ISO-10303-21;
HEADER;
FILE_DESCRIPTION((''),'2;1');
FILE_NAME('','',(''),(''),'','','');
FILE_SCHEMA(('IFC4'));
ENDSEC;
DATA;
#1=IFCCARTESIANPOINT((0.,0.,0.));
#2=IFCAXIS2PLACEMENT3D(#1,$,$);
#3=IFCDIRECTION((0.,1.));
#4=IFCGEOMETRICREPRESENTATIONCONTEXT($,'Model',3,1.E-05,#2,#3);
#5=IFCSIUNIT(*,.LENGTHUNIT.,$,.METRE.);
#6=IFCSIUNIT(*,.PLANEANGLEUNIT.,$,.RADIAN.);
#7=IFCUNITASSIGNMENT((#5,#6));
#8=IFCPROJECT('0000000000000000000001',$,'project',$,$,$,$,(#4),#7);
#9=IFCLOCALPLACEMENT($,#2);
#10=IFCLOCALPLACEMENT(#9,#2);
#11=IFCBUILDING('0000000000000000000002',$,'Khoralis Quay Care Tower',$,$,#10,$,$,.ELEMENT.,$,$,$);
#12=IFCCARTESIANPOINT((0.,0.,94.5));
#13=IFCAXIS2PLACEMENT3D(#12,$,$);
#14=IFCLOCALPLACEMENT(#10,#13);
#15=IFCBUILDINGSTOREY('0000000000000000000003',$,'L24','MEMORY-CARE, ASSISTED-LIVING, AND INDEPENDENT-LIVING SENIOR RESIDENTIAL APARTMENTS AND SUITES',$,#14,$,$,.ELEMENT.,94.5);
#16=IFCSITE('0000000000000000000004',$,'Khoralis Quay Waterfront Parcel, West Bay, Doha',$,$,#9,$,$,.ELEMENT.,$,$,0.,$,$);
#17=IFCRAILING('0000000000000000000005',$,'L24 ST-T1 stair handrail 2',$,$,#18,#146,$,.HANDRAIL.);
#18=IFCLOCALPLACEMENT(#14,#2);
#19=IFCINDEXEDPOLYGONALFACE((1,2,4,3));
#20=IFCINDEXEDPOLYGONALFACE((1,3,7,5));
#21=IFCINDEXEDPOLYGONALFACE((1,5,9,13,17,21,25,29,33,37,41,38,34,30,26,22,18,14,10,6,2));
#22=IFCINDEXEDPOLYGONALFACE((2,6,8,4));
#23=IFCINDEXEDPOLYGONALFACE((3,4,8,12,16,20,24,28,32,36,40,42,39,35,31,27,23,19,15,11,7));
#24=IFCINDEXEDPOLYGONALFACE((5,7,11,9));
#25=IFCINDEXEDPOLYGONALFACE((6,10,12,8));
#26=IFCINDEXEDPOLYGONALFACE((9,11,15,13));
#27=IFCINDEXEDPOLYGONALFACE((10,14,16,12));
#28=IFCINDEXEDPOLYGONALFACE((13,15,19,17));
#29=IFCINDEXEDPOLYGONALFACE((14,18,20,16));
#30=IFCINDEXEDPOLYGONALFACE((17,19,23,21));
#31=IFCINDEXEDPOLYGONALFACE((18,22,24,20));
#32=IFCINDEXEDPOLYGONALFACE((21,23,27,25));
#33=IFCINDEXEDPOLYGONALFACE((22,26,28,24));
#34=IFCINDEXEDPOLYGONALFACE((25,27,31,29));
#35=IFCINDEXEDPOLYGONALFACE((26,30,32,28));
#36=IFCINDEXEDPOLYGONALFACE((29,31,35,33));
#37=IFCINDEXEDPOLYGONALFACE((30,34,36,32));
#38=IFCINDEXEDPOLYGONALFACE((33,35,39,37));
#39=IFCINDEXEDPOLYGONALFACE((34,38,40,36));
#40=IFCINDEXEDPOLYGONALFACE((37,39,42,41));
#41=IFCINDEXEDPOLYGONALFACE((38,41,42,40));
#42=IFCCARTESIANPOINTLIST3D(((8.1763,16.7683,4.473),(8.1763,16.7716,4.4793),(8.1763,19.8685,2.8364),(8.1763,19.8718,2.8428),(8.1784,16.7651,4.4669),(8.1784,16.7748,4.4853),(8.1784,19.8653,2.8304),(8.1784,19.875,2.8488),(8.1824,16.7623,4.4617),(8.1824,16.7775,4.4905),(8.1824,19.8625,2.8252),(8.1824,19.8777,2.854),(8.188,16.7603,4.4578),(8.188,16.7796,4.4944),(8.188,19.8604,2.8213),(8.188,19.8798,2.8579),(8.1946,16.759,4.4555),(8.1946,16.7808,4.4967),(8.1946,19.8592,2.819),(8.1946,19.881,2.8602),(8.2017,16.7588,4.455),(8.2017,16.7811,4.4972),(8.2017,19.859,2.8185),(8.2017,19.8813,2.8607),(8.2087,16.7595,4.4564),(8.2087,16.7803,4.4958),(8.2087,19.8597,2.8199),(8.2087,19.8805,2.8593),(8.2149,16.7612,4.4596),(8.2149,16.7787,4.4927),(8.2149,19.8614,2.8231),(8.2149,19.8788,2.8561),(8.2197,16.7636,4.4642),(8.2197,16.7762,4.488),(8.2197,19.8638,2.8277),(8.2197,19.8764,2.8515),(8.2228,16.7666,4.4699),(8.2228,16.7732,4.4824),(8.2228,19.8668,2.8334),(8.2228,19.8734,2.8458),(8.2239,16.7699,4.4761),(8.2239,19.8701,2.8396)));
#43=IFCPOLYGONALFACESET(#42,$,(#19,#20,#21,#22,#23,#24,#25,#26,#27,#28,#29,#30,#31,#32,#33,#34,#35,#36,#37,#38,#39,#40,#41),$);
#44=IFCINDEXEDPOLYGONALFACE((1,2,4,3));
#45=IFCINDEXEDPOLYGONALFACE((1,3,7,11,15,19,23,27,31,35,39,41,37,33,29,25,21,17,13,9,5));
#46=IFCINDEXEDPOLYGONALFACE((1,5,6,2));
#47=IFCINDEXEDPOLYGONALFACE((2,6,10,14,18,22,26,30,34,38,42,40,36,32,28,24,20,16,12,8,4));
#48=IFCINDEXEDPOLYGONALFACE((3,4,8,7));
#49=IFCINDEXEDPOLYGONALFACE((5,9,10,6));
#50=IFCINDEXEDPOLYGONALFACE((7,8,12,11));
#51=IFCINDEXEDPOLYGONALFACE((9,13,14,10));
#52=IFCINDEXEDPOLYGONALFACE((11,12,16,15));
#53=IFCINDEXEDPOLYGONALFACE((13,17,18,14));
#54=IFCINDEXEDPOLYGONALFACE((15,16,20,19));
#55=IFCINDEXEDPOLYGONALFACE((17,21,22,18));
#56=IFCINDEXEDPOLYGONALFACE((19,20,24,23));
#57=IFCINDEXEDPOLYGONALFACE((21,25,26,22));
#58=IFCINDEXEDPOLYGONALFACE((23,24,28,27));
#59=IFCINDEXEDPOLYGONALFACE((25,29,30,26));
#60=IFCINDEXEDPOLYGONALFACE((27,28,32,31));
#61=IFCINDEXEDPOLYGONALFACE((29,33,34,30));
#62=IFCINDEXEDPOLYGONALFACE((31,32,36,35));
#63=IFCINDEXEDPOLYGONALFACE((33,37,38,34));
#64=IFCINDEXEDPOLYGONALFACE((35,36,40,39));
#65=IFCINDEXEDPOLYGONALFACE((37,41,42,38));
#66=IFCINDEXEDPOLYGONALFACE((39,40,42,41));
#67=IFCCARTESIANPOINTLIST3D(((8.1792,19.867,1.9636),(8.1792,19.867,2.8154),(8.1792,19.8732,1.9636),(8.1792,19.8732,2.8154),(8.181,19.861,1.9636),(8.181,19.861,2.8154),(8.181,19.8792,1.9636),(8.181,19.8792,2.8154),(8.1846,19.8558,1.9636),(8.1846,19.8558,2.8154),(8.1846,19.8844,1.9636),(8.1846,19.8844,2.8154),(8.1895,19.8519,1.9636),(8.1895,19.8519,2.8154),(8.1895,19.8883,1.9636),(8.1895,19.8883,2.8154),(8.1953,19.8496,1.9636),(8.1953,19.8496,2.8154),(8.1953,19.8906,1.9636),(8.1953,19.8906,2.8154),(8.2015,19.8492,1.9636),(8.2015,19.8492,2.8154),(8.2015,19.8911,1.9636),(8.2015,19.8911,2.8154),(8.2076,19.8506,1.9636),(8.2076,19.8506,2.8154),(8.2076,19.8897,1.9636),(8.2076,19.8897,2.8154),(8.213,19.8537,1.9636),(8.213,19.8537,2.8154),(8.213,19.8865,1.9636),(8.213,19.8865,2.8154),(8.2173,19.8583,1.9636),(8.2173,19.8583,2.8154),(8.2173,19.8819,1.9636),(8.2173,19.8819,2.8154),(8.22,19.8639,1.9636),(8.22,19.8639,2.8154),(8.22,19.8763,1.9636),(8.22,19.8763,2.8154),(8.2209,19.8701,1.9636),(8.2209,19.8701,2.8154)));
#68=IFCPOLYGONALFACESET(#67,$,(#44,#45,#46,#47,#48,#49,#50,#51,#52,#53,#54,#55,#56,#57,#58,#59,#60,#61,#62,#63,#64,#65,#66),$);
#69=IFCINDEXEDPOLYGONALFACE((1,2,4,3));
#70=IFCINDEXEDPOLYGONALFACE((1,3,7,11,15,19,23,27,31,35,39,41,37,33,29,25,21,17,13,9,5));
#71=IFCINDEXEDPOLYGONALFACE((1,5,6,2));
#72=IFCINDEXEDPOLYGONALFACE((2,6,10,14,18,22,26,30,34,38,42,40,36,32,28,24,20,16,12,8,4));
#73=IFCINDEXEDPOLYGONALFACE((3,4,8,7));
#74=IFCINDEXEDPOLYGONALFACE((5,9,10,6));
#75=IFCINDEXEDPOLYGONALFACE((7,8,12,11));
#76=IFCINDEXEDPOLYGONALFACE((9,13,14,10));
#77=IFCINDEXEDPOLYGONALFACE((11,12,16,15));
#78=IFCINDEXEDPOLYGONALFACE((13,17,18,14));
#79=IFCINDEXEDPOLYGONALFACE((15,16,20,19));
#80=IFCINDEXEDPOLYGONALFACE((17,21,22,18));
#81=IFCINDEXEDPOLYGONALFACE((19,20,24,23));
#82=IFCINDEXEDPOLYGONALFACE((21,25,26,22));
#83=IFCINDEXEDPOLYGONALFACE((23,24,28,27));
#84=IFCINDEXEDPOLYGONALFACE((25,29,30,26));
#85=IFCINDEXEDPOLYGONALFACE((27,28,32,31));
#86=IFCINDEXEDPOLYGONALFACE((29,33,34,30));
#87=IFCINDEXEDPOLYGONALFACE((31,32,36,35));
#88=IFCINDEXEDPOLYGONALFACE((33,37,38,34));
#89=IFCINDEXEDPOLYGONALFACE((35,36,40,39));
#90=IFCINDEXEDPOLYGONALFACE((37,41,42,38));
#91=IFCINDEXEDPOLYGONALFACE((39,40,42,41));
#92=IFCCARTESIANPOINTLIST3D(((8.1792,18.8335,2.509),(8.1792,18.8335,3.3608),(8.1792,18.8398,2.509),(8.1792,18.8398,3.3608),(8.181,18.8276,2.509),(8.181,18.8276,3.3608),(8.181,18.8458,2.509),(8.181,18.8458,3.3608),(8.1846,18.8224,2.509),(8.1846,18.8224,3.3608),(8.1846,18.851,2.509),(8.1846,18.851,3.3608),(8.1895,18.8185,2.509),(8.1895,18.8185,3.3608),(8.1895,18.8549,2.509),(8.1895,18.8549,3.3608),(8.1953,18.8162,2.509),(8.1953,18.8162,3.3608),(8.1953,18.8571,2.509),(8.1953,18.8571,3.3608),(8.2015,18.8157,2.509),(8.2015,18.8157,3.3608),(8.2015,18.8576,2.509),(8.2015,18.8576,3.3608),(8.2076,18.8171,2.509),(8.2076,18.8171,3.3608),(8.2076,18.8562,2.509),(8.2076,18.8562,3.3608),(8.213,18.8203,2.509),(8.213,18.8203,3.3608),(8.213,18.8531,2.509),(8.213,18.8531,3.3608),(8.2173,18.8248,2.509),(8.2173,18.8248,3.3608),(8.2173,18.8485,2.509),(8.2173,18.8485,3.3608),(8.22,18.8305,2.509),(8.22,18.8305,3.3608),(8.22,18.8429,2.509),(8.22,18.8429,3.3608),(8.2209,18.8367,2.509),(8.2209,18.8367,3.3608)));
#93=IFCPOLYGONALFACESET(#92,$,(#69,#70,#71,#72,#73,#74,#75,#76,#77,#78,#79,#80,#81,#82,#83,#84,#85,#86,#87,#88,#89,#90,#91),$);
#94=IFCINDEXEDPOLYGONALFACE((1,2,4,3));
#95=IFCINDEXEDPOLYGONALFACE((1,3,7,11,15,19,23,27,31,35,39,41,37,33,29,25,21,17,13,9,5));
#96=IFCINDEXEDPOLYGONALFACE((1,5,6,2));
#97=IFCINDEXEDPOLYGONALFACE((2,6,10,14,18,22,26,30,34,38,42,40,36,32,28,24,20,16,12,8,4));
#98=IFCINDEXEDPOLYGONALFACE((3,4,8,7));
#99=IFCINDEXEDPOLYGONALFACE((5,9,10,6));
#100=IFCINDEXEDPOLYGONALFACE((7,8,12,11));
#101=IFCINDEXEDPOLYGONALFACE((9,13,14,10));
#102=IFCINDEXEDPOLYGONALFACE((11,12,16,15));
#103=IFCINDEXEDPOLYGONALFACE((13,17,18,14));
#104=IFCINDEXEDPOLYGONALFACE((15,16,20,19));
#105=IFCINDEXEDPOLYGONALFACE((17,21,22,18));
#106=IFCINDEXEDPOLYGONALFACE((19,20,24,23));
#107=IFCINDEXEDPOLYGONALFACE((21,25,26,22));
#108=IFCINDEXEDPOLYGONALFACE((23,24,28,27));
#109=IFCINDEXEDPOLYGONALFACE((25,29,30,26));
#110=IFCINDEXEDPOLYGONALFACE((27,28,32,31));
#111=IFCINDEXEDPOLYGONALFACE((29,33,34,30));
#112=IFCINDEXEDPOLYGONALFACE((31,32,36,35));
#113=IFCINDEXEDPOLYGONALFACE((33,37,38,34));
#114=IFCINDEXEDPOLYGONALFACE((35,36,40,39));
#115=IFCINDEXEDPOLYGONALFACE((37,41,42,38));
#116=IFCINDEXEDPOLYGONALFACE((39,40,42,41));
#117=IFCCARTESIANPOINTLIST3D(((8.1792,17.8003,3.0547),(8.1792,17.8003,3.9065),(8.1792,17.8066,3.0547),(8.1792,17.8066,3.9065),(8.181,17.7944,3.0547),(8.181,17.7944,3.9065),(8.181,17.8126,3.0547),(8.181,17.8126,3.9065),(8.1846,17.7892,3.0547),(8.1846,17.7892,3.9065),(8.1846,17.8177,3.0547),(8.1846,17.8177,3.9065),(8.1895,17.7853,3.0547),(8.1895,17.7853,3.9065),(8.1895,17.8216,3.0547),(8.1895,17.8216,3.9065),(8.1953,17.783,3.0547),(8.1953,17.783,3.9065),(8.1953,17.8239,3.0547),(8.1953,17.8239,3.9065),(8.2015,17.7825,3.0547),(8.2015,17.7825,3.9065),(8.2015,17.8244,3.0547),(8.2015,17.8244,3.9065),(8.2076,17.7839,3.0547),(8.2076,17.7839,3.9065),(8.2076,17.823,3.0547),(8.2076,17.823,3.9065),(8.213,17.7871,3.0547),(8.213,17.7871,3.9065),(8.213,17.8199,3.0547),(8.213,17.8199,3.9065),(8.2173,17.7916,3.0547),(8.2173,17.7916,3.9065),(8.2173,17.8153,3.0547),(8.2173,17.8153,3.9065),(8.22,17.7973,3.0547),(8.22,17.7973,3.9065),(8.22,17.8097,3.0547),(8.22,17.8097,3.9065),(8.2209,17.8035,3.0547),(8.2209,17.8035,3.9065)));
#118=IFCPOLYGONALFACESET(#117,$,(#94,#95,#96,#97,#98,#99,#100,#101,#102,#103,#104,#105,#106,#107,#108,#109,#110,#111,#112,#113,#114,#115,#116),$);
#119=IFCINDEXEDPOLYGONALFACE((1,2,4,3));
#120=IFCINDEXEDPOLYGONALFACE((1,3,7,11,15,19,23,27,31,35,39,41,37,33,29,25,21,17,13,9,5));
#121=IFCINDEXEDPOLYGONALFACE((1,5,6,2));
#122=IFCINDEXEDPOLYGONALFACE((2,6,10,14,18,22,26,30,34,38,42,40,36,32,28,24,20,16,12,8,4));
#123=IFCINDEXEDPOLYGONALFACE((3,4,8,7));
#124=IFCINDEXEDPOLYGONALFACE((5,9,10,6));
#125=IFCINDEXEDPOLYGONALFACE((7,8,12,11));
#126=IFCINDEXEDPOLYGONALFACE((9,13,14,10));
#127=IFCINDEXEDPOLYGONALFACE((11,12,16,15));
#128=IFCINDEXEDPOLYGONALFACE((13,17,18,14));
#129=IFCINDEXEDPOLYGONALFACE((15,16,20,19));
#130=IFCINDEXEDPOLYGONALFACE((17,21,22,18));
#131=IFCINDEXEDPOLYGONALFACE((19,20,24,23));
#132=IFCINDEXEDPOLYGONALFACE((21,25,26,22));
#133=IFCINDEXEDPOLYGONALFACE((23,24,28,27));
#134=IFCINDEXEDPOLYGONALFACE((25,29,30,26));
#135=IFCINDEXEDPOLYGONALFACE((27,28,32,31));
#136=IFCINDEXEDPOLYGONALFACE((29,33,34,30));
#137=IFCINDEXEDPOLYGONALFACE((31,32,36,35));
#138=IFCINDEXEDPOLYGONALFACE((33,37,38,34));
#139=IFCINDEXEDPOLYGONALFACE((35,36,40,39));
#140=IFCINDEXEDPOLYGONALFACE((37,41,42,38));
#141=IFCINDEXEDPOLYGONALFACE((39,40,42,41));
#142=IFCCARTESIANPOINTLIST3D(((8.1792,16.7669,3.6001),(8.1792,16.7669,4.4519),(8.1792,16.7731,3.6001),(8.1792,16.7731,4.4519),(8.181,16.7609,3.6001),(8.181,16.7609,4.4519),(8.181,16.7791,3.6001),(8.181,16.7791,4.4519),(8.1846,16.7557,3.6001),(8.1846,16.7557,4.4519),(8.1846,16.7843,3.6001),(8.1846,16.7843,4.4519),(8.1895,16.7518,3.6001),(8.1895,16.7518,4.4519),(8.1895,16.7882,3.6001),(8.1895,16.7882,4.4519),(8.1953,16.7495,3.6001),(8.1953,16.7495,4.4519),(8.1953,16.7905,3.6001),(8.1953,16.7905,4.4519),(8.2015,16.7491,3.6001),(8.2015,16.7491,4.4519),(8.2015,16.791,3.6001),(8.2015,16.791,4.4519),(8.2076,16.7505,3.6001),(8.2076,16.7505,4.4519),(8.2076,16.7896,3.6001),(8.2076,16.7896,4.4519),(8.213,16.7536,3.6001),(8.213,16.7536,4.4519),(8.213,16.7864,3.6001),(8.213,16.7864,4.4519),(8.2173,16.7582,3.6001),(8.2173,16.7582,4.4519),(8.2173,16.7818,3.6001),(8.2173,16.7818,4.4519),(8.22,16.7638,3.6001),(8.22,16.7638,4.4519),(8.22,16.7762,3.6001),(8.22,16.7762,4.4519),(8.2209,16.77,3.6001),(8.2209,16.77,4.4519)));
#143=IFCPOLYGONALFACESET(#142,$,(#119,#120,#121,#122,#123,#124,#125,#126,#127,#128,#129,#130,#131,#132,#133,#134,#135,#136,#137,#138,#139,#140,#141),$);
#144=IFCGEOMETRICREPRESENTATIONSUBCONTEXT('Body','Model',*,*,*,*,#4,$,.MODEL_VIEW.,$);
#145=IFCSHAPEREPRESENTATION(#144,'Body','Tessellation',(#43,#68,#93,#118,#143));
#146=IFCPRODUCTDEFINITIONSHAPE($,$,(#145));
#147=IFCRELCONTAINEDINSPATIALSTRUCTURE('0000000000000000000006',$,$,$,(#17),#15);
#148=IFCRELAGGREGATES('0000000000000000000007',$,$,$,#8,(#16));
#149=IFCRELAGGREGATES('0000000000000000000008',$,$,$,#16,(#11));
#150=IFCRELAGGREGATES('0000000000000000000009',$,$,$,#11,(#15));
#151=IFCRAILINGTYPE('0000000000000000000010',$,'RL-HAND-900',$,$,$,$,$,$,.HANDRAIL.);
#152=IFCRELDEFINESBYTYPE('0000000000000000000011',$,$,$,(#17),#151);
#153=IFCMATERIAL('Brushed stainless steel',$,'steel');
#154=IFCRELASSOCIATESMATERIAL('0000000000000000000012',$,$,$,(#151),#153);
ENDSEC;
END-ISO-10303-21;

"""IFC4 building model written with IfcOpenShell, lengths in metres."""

from ifc_helpers import new_model, si_unit, direction, frame, origin, origin_2d, place, context, subcontext, project, spatial, circle, extrude, material, type_object, element, save


model = new_model("IFC4")

# Units and contexts
model_context = context("Model", 3, precision=1e-05, world=origin(), true_north=direction((0.0, 1.0)))
body_context = subcontext(model_context, "Body", "Model", "MODEL_VIEW")
ifc_project = project(units=[si_unit("LENGTHUNIT", "METRE"), si_unit("PLANEANGLEUNIT", "RADIAN")], contexts=[model_context])

# Site, building, storey
site_placement = place(None, origin())
site = spatial("IfcSite", under=ifc_project, at=site_placement, Name="Khoralis Quay Waterfront Parcel, West Bay, Doha", CompositionType="ELEMENT", RefElevation=0.0)
building_placement = place(site_placement, origin())
building = spatial("IfcBuilding", under=site, at=building_placement, Name="Khoralis Quay Care Tower", CompositionType="ELEMENT")
storey_placement = place(building_placement, frame((0.0, 0.0, 94.5)))
storey = spatial("IfcBuildingStorey", under=building, at=storey_placement, Name="L24", Description="MEMORY-CARE, ASSISTED-LIVING, AND INDEPENDENT-LIVING SENIOR RESIDENTIAL APARTMENTS AND SUITES", CompositionType="ELEMENT", Elevation=94.5)

# Shared definitions
ifc_material_1 = material(Name="Brushed stainless steel", Category="steel")

# Railing
railing_type_1 = type_object("IfcRailingType", Name="RL-HAND-900", PredefinedType="HANDRAIL", material=ifc_material_1)
railing_1_placement = place(storey_placement, frame((8.2, 19.8701, 1.9636)))
element("IfcRailing", 1, at=railing_1_placement, inside=storey, type_object=railing_type_1, Name="L24 ST-T1 stair handrail 2", PredefinedType="HANDRAIL", context=body_context, shape_type="SweptSolid", body=[
    extrude(circle(Radius=0.0239, at=origin_2d()), frame((0.0, 0.0, 0.876), z_axis=(0.0, -0.884348, 0.466828), x_axis=(1.0, 0.0, 0.0)), (0.0, 0.0, 1.0), 3.5056),
    extrude(circle(Radius=0.021, at=origin_2d()), origin(), (0.0, 0.0, 1.0), 0.8518),
    extrude(circle(Radius=0.021, at=origin_2d()), frame((0.0, -1.0334, 0.5454)), (0.0, 0.0, 1.0), 0.8518),
    extrude(circle(Radius=0.021, at=origin_2d()), frame((0.0, -2.0667, 1.0911)), (0.0, 0.0, 1.0), 0.8518),
    extrude(circle(Radius=0.021, at=origin_2d()), frame((0.0, -3.1001, 1.6365)), (0.0, 0.0, 1.0), 0.8518),
])

save(model, "model.ifc")
